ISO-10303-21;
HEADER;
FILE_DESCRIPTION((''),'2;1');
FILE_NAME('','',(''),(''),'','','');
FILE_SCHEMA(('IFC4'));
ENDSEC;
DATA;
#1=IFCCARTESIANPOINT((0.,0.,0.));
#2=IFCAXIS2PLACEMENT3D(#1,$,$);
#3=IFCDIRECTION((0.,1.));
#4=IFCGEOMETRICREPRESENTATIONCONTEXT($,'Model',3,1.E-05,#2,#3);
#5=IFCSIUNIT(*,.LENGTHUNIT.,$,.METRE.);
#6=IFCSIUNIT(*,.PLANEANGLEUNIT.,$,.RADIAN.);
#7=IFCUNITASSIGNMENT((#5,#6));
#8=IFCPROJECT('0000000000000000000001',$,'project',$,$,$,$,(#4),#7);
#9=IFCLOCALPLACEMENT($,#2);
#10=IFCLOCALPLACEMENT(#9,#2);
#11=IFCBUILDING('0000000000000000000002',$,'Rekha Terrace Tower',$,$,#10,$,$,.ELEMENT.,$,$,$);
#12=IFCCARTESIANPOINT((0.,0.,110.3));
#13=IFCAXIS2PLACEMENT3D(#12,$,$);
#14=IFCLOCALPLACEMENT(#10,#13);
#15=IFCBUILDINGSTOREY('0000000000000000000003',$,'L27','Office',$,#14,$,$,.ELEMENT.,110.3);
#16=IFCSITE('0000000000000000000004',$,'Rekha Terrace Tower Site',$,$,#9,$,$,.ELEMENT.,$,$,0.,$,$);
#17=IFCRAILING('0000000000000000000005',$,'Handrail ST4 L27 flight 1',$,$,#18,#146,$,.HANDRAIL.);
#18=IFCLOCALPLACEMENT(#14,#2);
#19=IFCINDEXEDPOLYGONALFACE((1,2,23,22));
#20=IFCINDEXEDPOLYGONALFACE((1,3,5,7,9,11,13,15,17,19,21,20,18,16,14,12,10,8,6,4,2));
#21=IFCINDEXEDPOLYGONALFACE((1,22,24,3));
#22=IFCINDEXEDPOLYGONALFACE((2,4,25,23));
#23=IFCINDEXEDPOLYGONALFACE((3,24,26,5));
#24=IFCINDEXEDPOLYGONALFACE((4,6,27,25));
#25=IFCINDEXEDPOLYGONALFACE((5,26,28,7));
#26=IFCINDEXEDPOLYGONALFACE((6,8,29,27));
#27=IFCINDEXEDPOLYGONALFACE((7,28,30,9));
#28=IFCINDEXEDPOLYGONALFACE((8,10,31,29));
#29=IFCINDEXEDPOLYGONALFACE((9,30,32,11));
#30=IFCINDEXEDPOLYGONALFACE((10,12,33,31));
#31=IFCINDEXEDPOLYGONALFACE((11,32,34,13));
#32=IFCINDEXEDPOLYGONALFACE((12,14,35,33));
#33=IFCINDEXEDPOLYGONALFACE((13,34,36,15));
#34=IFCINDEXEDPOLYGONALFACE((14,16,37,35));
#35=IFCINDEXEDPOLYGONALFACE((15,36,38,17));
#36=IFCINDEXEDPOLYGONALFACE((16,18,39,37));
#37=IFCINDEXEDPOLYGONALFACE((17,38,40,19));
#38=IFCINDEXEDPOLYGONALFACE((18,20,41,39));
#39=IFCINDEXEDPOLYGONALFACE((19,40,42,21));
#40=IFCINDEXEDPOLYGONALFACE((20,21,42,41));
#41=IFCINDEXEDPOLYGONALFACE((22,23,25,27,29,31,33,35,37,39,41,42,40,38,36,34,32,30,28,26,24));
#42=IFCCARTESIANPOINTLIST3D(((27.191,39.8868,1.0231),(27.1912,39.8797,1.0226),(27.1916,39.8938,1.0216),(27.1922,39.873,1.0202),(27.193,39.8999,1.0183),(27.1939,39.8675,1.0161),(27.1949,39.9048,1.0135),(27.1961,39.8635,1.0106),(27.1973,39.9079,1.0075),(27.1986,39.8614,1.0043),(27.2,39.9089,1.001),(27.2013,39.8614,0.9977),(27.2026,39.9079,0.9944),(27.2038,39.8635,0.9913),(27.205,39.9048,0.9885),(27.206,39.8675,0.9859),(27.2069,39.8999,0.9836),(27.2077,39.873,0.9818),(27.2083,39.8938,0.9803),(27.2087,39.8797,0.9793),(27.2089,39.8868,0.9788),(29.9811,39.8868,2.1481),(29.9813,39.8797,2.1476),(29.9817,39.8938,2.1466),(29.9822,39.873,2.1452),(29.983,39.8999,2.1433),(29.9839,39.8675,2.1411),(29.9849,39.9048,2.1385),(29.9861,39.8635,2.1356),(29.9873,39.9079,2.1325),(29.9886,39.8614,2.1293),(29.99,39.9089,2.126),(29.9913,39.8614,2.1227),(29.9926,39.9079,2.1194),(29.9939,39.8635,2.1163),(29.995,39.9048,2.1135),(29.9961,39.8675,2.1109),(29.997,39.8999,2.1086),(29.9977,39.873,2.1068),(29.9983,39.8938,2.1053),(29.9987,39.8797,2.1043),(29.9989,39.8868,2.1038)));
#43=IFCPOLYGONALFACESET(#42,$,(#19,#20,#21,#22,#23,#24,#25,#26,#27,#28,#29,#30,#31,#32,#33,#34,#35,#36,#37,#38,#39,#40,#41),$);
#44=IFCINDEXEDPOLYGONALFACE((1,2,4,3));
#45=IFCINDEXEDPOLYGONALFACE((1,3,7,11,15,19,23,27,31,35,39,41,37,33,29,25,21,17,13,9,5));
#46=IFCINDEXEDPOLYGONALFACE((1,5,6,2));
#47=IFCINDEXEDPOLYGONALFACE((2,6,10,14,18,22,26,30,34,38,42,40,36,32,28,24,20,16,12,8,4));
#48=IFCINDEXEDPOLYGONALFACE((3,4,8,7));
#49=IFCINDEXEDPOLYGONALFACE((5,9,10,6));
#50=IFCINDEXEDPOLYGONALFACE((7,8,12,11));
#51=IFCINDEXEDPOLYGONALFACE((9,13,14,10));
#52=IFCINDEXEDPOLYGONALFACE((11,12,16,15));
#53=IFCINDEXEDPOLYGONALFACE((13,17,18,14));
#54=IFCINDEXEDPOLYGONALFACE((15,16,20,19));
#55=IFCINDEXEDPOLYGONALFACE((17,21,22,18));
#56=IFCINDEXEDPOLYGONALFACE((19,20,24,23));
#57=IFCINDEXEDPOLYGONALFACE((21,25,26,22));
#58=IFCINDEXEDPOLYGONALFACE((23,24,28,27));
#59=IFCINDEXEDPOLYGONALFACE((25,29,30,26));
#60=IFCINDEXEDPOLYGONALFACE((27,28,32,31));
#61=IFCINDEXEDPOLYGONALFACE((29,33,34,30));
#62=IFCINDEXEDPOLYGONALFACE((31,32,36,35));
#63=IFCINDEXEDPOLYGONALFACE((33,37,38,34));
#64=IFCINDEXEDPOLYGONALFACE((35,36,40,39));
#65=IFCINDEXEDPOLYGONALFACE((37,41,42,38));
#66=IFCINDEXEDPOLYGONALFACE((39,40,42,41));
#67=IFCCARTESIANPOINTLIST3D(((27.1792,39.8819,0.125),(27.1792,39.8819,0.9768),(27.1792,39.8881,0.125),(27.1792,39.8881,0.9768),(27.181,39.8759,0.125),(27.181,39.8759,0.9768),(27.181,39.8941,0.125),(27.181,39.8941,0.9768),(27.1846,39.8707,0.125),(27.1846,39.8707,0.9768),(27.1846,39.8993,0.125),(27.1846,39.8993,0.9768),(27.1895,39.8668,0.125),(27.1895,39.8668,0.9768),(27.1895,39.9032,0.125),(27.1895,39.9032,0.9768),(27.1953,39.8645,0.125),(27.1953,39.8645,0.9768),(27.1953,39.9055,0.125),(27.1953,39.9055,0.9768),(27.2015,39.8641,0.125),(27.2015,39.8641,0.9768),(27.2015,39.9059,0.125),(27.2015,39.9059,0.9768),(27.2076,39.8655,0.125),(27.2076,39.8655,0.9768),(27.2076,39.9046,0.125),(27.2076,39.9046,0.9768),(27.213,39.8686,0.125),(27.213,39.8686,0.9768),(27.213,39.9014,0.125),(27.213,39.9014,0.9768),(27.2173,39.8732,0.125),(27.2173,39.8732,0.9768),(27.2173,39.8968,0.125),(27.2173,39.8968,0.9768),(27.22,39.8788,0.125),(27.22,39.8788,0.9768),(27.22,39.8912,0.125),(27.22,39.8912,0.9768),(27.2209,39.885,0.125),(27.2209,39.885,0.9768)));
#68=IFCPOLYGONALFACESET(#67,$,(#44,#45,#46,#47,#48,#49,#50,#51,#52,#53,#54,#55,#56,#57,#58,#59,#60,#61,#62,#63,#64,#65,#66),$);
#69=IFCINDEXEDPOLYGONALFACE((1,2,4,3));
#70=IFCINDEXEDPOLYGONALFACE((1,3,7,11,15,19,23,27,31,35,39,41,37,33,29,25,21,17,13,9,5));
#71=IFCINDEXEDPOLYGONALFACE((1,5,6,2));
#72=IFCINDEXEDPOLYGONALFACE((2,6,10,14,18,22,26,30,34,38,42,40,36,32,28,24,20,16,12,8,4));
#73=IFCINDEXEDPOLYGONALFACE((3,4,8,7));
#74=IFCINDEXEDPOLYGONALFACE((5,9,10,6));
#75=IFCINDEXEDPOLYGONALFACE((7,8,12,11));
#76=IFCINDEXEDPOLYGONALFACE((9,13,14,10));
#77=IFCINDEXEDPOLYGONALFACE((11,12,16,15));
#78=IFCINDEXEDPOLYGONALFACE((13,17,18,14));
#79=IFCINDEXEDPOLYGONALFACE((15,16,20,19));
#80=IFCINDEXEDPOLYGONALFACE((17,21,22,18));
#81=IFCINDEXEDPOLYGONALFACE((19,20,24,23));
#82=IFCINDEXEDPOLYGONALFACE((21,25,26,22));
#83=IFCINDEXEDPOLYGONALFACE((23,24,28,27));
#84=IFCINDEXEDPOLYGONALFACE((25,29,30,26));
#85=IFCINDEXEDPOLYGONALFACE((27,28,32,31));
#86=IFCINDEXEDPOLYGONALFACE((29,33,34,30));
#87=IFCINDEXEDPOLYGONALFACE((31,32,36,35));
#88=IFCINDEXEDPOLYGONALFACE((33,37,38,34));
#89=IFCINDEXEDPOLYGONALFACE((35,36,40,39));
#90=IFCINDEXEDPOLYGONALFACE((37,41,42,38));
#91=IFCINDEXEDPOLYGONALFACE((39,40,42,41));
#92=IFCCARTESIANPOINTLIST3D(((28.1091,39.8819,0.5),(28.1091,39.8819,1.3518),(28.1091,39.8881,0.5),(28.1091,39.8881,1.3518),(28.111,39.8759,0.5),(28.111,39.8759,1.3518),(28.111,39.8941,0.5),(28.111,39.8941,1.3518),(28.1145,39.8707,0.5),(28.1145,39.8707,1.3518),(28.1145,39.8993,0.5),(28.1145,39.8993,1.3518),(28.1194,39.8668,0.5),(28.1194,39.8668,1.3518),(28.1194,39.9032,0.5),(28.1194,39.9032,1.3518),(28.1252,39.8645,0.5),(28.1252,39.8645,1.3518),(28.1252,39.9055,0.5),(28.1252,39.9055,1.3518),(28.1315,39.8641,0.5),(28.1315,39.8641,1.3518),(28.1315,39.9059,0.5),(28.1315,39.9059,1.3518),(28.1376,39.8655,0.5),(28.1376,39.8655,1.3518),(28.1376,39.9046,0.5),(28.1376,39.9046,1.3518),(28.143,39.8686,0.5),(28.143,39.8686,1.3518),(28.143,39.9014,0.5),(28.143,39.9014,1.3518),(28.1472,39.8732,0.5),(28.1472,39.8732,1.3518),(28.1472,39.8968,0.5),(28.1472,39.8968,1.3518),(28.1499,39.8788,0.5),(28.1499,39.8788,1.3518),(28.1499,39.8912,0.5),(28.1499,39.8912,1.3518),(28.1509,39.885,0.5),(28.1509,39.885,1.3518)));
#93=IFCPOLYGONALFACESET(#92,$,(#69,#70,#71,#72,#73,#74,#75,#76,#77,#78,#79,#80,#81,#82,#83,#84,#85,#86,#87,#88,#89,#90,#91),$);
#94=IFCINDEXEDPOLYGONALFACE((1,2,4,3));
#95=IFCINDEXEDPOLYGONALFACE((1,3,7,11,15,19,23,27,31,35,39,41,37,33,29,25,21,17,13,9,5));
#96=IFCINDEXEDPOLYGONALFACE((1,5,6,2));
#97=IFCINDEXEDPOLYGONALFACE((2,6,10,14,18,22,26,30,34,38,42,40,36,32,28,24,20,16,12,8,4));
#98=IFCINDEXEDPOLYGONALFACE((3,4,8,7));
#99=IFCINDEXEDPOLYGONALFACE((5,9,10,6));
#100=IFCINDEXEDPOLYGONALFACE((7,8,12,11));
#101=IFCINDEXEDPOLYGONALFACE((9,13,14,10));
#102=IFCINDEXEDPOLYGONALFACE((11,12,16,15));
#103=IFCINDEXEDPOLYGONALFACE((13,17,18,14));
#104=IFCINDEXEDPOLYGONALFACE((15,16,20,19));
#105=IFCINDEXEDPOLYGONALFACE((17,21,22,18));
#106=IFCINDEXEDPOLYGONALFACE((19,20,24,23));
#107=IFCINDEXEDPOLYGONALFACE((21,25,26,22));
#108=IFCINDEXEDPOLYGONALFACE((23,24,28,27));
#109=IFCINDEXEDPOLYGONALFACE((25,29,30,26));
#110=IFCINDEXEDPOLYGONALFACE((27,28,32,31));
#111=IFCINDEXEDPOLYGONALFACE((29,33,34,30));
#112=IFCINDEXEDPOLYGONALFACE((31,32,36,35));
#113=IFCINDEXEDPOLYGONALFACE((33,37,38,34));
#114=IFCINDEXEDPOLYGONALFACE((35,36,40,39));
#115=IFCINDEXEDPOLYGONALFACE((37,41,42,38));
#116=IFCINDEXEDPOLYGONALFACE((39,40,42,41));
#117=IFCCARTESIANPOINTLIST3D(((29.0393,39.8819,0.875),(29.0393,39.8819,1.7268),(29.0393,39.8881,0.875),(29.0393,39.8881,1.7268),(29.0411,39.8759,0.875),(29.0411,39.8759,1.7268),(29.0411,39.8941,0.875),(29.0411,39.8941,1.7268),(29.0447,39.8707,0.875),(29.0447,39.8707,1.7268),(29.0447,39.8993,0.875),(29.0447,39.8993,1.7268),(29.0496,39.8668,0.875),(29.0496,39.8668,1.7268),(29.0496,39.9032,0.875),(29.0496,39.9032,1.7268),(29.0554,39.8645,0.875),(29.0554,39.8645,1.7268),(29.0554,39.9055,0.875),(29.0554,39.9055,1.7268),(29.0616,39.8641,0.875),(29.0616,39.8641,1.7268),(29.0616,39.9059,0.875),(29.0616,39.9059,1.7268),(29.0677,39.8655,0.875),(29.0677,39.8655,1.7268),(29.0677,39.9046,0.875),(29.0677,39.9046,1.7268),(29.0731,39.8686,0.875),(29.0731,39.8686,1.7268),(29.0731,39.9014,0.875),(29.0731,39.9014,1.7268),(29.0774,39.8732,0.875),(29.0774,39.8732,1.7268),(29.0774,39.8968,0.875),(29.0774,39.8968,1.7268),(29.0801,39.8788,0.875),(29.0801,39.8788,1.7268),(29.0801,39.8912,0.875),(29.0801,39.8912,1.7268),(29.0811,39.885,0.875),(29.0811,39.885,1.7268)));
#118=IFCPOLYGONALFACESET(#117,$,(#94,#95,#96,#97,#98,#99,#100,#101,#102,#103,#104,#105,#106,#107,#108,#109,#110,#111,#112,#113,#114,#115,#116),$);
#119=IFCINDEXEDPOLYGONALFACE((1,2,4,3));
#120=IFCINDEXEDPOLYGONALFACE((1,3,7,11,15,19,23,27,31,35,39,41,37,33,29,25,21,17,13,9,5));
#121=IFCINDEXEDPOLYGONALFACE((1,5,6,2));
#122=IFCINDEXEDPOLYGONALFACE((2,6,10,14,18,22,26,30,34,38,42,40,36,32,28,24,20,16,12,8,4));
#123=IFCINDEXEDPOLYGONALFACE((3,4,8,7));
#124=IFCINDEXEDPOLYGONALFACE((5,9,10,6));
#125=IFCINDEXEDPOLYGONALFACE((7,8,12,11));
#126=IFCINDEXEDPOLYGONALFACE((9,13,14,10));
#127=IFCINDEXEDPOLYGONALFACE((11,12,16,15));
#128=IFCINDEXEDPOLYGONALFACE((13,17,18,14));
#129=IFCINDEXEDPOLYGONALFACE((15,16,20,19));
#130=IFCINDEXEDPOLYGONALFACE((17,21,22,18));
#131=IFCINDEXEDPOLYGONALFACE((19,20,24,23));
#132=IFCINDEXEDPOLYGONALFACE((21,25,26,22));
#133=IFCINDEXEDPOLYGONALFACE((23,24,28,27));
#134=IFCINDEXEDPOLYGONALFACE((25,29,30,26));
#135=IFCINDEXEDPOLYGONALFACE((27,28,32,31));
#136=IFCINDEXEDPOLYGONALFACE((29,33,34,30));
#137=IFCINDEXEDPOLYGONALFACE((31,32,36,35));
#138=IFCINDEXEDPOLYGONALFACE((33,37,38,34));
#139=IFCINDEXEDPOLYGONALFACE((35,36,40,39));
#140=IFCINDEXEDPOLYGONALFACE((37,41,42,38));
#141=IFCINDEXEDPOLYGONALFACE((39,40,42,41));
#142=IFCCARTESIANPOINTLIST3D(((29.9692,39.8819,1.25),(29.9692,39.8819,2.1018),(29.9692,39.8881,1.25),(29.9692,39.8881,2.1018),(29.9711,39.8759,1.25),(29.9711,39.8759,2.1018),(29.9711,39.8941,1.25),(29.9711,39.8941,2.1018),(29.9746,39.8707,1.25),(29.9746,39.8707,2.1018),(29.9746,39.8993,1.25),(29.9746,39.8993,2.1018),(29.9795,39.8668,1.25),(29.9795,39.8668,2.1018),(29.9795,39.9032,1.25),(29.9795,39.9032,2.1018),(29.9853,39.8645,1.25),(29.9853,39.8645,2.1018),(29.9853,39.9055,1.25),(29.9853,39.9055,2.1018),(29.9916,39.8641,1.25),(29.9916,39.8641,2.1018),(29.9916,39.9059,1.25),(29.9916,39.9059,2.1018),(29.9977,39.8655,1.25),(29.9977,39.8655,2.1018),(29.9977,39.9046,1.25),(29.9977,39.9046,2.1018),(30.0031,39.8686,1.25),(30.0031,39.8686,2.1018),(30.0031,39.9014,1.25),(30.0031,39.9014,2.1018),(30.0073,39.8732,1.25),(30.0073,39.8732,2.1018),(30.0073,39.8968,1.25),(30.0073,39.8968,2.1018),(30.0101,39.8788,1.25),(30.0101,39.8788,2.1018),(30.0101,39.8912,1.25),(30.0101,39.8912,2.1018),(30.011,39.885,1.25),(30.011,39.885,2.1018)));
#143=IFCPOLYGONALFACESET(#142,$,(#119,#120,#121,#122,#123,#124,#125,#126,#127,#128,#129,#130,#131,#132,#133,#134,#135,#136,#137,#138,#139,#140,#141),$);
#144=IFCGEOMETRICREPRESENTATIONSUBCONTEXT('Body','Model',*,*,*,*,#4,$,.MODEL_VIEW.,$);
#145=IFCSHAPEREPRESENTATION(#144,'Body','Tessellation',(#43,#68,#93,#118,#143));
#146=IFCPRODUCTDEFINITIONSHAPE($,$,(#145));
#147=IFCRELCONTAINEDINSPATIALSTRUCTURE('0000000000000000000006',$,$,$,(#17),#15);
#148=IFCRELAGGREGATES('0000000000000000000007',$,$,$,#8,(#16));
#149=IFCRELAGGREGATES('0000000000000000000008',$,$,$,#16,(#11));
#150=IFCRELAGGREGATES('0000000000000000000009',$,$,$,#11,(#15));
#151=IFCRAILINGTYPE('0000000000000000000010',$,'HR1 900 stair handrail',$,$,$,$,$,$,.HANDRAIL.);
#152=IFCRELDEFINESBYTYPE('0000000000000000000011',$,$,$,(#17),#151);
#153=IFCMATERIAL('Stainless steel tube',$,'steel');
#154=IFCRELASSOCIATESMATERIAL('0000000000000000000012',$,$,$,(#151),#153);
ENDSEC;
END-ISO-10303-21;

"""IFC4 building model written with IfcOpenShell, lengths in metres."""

from ifc_helpers import new_model, si_unit, direction, frame, origin, origin_2d, place, context, subcontext, project, spatial, circle, extrude, material, type_object, element, save


model = new_model("IFC4")

# Units and contexts
model_context = context("Model", 3, precision=1e-05, world=origin(), true_north=direction((0.0, 1.0)))
body_context = subcontext(model_context, "Body", "Model", "MODEL_VIEW")
ifc_project = project(units=[si_unit("LENGTHUNIT", "METRE"), si_unit("PLANEANGLEUNIT", "RADIAN")], contexts=[model_context])

# Site, building, storey
site_placement = place(None, origin())
site = spatial("IfcSite", under=ifc_project, at=site_placement, Name="Rekha Terrace Tower Site", CompositionType="ELEMENT", RefElevation=0.0)
building_placement = place(site_placement, origin())
building = spatial("IfcBuilding", under=site, at=building_placement, Name="Rekha Terrace Tower", CompositionType="ELEMENT")
storey_placement = place(building_placement, frame((0.0, 0.0, 110.3)))
storey = spatial("IfcBuildingStorey", under=building, at=storey_placement, Name="L27", Description="Office", CompositionType="ELEMENT", Elevation=110.3)

# Railing
ifc_material_1 = material(Name="Stainless steel tube", Category="steel")
railing_type_1 = type_object("IfcRailingType", Name="HR1 900 stair handrail", PredefinedType="HANDRAIL", material=ifc_material_1)
railing_1_placement = place(storey_placement, frame((27.2, 39.885, 0.125)))
element("IfcRailing", 1, at=railing_1_placement, inside=storey, type_object=railing_type_1, Name="Handrail ST4 L27 flight 1", PredefinedType="HANDRAIL", context=body_context, shape_type="SweptSolid", body=[
    extrude(circle(Radius=0.0239, at=origin_2d()), frame((0.0, 0.0, 0.876), z_axis=(0.927443, 0.0, 0.373964), x_axis=(0.0, 1.0, 0.0)), (0.0, 0.0, 1.0), 3.0083),
    extrude(circle(Radius=0.021, at=origin_2d()), origin(), (0.0, 0.0, 1.0), 0.8518),
    extrude(circle(Radius=0.021, at=origin_2d()), frame((0.9299, 0.0, 0.375)), (0.0, 0.0, 1.0), 0.8518),
    extrude(circle(Radius=0.021, at=origin_2d()), frame((1.8601, 0.0, 0.75)), (0.0, 0.0, 1.0), 0.8518),
    extrude(circle(Radius=0.021, at=origin_2d()), frame((2.79, 0.0, 1.125)), (0.0, 0.0, 1.0), 0.8518),
])

save(model, "model.ifc")
